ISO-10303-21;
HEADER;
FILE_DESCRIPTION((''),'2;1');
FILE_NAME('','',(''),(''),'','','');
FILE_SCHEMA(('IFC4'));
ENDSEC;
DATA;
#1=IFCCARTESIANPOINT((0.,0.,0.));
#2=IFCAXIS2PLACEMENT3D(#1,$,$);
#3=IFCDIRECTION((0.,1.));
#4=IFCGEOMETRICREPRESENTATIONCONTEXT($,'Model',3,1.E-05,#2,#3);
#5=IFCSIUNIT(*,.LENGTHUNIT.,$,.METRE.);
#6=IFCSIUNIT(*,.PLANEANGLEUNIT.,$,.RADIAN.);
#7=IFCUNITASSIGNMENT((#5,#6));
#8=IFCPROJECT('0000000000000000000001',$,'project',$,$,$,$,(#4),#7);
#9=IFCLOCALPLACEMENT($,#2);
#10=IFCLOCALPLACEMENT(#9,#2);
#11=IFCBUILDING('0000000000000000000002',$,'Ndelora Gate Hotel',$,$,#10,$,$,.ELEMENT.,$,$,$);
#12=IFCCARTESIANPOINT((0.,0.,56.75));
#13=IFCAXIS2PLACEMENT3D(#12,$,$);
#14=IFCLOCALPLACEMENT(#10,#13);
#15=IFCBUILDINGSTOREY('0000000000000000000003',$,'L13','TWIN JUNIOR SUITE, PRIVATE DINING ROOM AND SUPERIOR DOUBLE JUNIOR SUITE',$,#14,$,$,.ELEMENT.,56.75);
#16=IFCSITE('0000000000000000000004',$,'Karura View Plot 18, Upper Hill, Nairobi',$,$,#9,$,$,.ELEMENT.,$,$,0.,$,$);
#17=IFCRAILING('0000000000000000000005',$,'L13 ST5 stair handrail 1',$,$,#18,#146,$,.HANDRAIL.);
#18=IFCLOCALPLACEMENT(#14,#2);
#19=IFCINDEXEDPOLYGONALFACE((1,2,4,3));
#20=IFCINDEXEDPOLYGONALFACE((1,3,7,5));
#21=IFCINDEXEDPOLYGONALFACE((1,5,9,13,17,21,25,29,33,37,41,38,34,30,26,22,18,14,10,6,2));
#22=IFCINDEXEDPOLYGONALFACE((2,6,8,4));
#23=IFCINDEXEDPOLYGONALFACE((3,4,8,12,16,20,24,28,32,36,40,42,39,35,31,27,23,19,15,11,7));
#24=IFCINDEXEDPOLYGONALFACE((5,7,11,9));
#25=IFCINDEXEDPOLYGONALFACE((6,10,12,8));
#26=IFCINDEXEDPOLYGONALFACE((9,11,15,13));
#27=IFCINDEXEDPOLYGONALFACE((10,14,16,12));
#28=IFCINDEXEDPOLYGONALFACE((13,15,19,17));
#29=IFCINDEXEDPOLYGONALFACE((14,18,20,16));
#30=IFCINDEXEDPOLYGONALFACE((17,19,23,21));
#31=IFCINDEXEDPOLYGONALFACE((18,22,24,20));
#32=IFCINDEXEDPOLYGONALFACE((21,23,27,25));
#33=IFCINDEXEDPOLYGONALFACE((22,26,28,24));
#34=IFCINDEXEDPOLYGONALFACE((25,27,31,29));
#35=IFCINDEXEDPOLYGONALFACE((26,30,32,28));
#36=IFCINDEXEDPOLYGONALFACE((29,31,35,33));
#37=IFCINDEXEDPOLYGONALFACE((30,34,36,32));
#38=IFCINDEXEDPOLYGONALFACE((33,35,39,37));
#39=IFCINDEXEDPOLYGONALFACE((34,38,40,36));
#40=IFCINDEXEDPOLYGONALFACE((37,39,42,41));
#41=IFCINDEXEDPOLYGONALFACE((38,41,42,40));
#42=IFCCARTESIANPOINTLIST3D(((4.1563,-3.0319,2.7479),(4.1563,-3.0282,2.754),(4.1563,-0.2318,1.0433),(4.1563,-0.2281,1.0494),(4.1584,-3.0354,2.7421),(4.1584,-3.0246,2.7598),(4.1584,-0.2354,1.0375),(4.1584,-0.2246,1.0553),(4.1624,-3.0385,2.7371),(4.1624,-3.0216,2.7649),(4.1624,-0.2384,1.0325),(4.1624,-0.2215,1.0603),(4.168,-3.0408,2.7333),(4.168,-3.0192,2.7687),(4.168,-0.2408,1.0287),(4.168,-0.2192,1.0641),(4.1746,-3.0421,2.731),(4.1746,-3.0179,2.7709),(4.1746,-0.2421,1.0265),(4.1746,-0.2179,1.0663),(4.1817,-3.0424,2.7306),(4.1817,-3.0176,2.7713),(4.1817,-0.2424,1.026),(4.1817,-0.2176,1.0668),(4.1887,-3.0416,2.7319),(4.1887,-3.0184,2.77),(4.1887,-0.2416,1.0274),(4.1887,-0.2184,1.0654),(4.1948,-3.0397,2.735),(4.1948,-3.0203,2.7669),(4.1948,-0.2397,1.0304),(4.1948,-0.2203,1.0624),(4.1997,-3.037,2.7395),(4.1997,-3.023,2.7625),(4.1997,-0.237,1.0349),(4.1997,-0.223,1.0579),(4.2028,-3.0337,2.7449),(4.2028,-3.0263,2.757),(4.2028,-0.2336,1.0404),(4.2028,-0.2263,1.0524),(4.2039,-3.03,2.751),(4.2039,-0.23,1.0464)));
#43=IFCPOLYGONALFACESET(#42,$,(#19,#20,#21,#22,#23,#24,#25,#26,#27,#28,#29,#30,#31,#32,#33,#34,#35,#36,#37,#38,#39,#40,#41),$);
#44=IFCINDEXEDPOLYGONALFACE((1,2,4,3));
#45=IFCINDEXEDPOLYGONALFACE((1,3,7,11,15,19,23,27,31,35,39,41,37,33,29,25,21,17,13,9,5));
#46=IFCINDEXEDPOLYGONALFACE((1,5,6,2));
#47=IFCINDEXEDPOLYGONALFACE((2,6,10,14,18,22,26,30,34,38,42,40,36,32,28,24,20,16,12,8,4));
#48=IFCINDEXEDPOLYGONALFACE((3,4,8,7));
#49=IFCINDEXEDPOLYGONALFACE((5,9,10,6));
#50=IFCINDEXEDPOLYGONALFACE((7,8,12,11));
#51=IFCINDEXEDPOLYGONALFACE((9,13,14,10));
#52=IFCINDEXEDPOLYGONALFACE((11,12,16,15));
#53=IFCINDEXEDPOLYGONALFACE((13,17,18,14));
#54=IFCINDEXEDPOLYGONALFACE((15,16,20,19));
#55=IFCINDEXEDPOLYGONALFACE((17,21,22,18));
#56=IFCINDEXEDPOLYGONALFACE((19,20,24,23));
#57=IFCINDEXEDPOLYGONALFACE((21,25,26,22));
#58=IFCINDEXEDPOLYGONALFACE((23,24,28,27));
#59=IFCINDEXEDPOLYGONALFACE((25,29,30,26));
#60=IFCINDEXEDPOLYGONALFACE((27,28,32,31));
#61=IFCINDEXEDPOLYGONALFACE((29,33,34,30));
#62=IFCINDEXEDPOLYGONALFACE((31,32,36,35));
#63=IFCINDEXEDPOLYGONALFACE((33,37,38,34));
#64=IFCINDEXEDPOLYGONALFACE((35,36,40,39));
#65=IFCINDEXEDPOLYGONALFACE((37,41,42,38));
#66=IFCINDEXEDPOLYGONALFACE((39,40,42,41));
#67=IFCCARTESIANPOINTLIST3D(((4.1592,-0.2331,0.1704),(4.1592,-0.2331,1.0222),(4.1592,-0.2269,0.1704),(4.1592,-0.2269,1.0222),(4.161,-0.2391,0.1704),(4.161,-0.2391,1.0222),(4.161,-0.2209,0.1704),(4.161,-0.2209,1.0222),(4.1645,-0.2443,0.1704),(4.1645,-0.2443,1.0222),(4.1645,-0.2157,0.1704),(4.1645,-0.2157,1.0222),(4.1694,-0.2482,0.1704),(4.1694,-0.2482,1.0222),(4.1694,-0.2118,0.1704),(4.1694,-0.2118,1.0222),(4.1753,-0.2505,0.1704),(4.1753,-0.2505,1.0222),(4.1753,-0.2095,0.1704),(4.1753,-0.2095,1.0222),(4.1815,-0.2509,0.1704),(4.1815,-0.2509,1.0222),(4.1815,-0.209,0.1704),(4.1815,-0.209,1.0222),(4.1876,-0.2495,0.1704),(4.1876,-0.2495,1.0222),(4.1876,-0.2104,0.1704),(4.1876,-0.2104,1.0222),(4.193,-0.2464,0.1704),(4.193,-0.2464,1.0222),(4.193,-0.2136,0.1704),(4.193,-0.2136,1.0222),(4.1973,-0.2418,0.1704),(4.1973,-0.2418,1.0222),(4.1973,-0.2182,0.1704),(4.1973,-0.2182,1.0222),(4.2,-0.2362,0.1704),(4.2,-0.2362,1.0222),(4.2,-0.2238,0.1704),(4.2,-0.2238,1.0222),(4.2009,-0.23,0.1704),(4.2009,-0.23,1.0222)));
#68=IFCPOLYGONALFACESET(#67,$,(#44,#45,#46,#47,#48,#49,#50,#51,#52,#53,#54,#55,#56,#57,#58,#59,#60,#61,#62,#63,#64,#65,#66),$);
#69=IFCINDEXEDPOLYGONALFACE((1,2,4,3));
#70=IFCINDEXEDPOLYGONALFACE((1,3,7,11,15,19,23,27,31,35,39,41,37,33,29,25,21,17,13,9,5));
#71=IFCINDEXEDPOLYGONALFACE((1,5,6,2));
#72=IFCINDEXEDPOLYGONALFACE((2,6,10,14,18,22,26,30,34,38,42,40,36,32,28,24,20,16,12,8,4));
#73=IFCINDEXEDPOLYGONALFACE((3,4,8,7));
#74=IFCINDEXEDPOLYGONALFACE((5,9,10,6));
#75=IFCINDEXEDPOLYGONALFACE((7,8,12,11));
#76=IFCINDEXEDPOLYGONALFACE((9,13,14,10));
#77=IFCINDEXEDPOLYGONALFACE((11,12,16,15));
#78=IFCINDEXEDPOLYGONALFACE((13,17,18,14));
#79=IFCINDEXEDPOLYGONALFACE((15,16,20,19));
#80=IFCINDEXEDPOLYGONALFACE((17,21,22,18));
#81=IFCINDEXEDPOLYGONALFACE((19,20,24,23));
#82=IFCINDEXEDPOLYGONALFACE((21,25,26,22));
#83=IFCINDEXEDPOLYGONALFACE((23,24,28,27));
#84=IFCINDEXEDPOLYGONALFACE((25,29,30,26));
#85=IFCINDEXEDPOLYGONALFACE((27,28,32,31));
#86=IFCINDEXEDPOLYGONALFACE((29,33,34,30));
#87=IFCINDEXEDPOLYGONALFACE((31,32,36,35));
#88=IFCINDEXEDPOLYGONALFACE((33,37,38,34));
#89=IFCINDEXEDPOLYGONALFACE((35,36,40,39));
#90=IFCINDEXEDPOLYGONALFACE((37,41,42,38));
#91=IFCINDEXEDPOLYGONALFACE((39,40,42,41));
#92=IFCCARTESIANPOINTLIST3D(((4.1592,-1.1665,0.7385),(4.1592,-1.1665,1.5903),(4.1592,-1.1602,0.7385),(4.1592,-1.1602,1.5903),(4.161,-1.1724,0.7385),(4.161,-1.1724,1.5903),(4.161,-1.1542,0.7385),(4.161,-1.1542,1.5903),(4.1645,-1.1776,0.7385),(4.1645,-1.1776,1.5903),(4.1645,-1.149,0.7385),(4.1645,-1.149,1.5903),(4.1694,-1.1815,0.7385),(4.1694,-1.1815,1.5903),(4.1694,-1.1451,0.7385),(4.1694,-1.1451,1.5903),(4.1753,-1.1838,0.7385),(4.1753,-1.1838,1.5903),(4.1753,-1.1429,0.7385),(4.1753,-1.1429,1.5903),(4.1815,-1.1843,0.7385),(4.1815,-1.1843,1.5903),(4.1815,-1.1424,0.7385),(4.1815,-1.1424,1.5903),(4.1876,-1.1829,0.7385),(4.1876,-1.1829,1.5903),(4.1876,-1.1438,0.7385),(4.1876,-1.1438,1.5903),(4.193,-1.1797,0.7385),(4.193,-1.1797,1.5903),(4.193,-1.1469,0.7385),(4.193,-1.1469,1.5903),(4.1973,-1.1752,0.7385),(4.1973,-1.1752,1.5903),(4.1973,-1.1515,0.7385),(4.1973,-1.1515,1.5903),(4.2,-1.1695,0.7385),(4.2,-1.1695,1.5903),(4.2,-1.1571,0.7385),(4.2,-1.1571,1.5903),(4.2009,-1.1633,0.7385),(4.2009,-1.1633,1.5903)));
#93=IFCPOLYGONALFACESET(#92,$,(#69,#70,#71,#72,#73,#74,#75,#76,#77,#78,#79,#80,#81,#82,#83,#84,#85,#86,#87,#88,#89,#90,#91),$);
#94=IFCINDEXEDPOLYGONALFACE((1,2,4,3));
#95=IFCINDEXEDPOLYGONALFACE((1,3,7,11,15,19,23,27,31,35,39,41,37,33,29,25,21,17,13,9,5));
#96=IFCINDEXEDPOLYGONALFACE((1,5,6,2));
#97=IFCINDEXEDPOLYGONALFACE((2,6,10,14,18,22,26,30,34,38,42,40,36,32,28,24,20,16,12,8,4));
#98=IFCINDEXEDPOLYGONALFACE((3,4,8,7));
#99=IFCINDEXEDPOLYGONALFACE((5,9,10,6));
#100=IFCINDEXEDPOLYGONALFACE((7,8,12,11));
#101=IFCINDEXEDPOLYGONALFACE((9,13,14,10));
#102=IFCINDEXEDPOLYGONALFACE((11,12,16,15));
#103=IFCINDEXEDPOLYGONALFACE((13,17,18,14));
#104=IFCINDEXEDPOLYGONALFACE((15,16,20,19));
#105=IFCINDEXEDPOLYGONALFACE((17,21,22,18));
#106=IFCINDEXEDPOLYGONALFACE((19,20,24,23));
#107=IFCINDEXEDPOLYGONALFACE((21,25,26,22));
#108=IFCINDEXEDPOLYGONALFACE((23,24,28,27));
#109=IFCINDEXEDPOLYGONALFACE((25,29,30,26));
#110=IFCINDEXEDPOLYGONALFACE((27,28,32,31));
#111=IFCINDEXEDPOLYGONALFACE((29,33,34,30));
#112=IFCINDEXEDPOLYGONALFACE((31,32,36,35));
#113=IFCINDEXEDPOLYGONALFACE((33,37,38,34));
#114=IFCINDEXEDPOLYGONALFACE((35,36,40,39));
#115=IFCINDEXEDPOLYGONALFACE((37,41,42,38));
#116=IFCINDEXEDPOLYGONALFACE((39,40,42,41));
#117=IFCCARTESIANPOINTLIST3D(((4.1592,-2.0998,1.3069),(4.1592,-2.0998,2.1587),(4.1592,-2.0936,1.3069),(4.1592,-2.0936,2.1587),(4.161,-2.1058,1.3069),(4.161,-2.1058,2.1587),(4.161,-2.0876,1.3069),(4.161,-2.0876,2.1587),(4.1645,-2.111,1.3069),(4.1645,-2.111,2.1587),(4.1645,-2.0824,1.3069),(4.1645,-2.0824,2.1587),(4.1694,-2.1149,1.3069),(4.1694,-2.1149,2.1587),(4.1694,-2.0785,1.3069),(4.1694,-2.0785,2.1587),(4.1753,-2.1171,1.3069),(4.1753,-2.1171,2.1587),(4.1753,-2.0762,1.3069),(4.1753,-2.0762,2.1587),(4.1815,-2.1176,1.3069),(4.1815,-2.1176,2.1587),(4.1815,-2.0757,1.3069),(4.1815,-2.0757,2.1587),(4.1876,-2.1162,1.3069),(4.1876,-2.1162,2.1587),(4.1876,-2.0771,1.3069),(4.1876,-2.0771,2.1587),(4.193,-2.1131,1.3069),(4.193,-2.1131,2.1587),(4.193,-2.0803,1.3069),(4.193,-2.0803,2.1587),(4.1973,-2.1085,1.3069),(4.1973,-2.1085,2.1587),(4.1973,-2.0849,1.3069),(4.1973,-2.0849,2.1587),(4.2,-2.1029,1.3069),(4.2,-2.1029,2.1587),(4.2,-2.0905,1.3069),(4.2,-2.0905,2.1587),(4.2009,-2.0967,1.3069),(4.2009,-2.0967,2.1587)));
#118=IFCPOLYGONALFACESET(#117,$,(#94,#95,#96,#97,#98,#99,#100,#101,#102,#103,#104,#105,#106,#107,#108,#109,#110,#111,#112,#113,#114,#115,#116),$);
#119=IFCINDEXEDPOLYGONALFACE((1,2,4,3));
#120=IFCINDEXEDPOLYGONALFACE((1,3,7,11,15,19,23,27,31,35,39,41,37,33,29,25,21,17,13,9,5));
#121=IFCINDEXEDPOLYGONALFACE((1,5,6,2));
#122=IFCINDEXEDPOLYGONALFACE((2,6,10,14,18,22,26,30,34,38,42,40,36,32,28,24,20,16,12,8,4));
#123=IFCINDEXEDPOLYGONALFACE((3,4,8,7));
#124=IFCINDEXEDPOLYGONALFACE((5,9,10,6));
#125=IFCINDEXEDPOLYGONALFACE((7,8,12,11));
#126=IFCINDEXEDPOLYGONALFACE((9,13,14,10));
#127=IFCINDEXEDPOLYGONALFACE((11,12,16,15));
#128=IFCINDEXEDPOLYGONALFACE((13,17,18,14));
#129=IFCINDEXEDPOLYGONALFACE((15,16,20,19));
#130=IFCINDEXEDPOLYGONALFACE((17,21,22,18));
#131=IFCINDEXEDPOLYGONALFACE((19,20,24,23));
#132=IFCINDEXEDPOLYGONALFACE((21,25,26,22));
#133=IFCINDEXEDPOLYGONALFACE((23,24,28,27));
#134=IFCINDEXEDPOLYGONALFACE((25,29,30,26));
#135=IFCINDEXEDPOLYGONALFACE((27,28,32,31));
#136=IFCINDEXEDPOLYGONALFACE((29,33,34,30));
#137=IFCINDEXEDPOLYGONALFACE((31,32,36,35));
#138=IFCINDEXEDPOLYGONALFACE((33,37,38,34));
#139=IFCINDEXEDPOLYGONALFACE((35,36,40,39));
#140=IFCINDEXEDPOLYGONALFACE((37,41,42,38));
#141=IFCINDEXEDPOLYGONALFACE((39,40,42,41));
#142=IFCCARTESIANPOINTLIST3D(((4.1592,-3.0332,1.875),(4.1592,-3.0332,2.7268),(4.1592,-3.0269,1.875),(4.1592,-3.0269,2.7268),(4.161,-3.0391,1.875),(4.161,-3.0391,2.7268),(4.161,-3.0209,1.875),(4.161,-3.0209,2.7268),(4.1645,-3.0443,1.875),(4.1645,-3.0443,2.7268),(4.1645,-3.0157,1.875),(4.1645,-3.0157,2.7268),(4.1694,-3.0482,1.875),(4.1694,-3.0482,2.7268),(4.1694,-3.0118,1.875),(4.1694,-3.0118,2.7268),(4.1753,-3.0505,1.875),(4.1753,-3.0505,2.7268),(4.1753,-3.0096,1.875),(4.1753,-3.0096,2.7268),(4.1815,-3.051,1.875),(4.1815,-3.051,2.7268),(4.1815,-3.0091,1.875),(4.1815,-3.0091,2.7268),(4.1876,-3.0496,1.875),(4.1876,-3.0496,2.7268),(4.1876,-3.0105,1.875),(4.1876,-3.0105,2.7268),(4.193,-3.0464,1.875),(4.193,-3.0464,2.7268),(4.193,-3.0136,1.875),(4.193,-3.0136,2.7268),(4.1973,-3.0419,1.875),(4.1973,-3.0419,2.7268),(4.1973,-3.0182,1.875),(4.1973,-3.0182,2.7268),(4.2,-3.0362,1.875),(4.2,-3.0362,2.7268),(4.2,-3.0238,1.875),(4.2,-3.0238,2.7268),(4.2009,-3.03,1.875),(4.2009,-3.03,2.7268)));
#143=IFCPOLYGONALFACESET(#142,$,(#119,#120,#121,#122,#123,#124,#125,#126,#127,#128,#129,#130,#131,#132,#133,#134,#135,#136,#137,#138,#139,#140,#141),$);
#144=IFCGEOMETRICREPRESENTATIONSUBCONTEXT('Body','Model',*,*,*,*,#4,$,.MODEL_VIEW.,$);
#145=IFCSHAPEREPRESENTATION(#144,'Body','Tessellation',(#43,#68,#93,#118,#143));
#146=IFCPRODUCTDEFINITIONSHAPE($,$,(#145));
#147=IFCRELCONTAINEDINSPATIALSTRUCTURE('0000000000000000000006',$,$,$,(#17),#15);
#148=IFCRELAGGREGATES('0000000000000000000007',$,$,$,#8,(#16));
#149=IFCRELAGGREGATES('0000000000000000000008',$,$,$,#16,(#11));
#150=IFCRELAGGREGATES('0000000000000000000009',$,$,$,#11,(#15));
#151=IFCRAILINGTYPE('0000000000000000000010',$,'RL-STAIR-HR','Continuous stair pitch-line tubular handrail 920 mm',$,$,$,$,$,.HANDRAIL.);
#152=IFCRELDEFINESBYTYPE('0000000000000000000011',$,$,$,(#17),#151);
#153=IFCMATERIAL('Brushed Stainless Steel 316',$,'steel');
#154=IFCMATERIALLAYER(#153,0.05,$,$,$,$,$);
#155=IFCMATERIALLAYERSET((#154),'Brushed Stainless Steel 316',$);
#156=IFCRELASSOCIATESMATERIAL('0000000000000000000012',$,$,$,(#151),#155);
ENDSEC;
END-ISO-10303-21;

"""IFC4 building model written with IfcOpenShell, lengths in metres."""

from ifc_helpers import new_model, si_unit, direction, frame, origin, origin_2d, place, context, subcontext, project, spatial, circle, extrude, material, layer, layer_set, type_object, element, save


model = new_model("IFC4")

# Units and contexts
model_context = context("Model", 3, precision=1e-05, world=origin(), true_north=direction((0.0, 1.0)))
body_context = subcontext(model_context, "Body", "Model", "MODEL_VIEW")
ifc_project = project(units=[si_unit("LENGTHUNIT", "METRE"), si_unit("PLANEANGLEUNIT", "RADIAN")], contexts=[model_context])

# Site, building, storey
site_placement = place(None, origin())
site = spatial("IfcSite", under=ifc_project, at=site_placement, Name="Karura View Plot 18, Upper Hill, Nairobi", CompositionType="ELEMENT", RefElevation=0.0)
building_placement = place(site_placement, origin())
building = spatial("IfcBuilding", under=site, at=building_placement, Name="Ndelora Gate Hotel", CompositionType="ELEMENT")
storey_placement = place(building_placement, frame((0.0, 0.0, 56.75)))
storey = spatial("IfcBuildingStorey", under=building, at=storey_placement, Name="L13", Description="TWIN JUNIOR SUITE, PRIVATE DINING ROOM AND SUPERIOR DOUBLE JUNIOR SUITE", CompositionType="ELEMENT", Elevation=56.75)

# Railing
ifc_material_1 = material(Name="Brushed Stainless Steel 316", Category="steel")
ifc_layer_1 = layer(ifc_material_1, 0.05)
ifc_layer_set_1 = layer_set([ifc_layer_1], Name="Brushed Stainless Steel 316")
railing_type_1 = type_object("IfcRailingType", Name="RL-STAIR-HR", Description="Continuous stair pitch-line tubular handrail 920 mm", PredefinedType="HANDRAIL", material=ifc_layer_set_1)
railing_1_placement = place(storey_placement, frame((4.1799, -0.23, 0.1704)))
element("IfcRailing", 1, at=railing_1_placement, inside=storey, type_object=railing_type_1, Name="L13 ST5 stair handrail 1", PredefinedType="HANDRAIL", context=body_context, shape_type="SweptSolid", body=[
    extrude(circle(Radius=0.0239, at=origin_2d()), frame((0.0, 0.0, 0.876), z_axis=(0.0, -0.85417, 0.519994), x_axis=(1.0, 0.0, 0.0)), (0.0, 0.0, 1.0), 3.2781),
    extrude(circle(Radius=0.021, at=origin_2d()), origin(), (0.0, 0.0, 1.0), 0.8518),
    extrude(circle(Radius=0.021, at=origin_2d()), frame((0.0, -0.9333, 0.5681)), (0.0, 0.0, 1.0), 0.8518),
    extrude(circle(Radius=0.021, at=origin_2d()), frame((0.0, -1.8667, 1.1365)), (0.0, 0.0, 1.0), 0.8518),
    extrude(circle(Radius=0.021, at=origin_2d()), frame((0.0, -2.8, 1.7046)), (0.0, 0.0, 1.0), 0.8518),
])

save(model, "model.ifc")
